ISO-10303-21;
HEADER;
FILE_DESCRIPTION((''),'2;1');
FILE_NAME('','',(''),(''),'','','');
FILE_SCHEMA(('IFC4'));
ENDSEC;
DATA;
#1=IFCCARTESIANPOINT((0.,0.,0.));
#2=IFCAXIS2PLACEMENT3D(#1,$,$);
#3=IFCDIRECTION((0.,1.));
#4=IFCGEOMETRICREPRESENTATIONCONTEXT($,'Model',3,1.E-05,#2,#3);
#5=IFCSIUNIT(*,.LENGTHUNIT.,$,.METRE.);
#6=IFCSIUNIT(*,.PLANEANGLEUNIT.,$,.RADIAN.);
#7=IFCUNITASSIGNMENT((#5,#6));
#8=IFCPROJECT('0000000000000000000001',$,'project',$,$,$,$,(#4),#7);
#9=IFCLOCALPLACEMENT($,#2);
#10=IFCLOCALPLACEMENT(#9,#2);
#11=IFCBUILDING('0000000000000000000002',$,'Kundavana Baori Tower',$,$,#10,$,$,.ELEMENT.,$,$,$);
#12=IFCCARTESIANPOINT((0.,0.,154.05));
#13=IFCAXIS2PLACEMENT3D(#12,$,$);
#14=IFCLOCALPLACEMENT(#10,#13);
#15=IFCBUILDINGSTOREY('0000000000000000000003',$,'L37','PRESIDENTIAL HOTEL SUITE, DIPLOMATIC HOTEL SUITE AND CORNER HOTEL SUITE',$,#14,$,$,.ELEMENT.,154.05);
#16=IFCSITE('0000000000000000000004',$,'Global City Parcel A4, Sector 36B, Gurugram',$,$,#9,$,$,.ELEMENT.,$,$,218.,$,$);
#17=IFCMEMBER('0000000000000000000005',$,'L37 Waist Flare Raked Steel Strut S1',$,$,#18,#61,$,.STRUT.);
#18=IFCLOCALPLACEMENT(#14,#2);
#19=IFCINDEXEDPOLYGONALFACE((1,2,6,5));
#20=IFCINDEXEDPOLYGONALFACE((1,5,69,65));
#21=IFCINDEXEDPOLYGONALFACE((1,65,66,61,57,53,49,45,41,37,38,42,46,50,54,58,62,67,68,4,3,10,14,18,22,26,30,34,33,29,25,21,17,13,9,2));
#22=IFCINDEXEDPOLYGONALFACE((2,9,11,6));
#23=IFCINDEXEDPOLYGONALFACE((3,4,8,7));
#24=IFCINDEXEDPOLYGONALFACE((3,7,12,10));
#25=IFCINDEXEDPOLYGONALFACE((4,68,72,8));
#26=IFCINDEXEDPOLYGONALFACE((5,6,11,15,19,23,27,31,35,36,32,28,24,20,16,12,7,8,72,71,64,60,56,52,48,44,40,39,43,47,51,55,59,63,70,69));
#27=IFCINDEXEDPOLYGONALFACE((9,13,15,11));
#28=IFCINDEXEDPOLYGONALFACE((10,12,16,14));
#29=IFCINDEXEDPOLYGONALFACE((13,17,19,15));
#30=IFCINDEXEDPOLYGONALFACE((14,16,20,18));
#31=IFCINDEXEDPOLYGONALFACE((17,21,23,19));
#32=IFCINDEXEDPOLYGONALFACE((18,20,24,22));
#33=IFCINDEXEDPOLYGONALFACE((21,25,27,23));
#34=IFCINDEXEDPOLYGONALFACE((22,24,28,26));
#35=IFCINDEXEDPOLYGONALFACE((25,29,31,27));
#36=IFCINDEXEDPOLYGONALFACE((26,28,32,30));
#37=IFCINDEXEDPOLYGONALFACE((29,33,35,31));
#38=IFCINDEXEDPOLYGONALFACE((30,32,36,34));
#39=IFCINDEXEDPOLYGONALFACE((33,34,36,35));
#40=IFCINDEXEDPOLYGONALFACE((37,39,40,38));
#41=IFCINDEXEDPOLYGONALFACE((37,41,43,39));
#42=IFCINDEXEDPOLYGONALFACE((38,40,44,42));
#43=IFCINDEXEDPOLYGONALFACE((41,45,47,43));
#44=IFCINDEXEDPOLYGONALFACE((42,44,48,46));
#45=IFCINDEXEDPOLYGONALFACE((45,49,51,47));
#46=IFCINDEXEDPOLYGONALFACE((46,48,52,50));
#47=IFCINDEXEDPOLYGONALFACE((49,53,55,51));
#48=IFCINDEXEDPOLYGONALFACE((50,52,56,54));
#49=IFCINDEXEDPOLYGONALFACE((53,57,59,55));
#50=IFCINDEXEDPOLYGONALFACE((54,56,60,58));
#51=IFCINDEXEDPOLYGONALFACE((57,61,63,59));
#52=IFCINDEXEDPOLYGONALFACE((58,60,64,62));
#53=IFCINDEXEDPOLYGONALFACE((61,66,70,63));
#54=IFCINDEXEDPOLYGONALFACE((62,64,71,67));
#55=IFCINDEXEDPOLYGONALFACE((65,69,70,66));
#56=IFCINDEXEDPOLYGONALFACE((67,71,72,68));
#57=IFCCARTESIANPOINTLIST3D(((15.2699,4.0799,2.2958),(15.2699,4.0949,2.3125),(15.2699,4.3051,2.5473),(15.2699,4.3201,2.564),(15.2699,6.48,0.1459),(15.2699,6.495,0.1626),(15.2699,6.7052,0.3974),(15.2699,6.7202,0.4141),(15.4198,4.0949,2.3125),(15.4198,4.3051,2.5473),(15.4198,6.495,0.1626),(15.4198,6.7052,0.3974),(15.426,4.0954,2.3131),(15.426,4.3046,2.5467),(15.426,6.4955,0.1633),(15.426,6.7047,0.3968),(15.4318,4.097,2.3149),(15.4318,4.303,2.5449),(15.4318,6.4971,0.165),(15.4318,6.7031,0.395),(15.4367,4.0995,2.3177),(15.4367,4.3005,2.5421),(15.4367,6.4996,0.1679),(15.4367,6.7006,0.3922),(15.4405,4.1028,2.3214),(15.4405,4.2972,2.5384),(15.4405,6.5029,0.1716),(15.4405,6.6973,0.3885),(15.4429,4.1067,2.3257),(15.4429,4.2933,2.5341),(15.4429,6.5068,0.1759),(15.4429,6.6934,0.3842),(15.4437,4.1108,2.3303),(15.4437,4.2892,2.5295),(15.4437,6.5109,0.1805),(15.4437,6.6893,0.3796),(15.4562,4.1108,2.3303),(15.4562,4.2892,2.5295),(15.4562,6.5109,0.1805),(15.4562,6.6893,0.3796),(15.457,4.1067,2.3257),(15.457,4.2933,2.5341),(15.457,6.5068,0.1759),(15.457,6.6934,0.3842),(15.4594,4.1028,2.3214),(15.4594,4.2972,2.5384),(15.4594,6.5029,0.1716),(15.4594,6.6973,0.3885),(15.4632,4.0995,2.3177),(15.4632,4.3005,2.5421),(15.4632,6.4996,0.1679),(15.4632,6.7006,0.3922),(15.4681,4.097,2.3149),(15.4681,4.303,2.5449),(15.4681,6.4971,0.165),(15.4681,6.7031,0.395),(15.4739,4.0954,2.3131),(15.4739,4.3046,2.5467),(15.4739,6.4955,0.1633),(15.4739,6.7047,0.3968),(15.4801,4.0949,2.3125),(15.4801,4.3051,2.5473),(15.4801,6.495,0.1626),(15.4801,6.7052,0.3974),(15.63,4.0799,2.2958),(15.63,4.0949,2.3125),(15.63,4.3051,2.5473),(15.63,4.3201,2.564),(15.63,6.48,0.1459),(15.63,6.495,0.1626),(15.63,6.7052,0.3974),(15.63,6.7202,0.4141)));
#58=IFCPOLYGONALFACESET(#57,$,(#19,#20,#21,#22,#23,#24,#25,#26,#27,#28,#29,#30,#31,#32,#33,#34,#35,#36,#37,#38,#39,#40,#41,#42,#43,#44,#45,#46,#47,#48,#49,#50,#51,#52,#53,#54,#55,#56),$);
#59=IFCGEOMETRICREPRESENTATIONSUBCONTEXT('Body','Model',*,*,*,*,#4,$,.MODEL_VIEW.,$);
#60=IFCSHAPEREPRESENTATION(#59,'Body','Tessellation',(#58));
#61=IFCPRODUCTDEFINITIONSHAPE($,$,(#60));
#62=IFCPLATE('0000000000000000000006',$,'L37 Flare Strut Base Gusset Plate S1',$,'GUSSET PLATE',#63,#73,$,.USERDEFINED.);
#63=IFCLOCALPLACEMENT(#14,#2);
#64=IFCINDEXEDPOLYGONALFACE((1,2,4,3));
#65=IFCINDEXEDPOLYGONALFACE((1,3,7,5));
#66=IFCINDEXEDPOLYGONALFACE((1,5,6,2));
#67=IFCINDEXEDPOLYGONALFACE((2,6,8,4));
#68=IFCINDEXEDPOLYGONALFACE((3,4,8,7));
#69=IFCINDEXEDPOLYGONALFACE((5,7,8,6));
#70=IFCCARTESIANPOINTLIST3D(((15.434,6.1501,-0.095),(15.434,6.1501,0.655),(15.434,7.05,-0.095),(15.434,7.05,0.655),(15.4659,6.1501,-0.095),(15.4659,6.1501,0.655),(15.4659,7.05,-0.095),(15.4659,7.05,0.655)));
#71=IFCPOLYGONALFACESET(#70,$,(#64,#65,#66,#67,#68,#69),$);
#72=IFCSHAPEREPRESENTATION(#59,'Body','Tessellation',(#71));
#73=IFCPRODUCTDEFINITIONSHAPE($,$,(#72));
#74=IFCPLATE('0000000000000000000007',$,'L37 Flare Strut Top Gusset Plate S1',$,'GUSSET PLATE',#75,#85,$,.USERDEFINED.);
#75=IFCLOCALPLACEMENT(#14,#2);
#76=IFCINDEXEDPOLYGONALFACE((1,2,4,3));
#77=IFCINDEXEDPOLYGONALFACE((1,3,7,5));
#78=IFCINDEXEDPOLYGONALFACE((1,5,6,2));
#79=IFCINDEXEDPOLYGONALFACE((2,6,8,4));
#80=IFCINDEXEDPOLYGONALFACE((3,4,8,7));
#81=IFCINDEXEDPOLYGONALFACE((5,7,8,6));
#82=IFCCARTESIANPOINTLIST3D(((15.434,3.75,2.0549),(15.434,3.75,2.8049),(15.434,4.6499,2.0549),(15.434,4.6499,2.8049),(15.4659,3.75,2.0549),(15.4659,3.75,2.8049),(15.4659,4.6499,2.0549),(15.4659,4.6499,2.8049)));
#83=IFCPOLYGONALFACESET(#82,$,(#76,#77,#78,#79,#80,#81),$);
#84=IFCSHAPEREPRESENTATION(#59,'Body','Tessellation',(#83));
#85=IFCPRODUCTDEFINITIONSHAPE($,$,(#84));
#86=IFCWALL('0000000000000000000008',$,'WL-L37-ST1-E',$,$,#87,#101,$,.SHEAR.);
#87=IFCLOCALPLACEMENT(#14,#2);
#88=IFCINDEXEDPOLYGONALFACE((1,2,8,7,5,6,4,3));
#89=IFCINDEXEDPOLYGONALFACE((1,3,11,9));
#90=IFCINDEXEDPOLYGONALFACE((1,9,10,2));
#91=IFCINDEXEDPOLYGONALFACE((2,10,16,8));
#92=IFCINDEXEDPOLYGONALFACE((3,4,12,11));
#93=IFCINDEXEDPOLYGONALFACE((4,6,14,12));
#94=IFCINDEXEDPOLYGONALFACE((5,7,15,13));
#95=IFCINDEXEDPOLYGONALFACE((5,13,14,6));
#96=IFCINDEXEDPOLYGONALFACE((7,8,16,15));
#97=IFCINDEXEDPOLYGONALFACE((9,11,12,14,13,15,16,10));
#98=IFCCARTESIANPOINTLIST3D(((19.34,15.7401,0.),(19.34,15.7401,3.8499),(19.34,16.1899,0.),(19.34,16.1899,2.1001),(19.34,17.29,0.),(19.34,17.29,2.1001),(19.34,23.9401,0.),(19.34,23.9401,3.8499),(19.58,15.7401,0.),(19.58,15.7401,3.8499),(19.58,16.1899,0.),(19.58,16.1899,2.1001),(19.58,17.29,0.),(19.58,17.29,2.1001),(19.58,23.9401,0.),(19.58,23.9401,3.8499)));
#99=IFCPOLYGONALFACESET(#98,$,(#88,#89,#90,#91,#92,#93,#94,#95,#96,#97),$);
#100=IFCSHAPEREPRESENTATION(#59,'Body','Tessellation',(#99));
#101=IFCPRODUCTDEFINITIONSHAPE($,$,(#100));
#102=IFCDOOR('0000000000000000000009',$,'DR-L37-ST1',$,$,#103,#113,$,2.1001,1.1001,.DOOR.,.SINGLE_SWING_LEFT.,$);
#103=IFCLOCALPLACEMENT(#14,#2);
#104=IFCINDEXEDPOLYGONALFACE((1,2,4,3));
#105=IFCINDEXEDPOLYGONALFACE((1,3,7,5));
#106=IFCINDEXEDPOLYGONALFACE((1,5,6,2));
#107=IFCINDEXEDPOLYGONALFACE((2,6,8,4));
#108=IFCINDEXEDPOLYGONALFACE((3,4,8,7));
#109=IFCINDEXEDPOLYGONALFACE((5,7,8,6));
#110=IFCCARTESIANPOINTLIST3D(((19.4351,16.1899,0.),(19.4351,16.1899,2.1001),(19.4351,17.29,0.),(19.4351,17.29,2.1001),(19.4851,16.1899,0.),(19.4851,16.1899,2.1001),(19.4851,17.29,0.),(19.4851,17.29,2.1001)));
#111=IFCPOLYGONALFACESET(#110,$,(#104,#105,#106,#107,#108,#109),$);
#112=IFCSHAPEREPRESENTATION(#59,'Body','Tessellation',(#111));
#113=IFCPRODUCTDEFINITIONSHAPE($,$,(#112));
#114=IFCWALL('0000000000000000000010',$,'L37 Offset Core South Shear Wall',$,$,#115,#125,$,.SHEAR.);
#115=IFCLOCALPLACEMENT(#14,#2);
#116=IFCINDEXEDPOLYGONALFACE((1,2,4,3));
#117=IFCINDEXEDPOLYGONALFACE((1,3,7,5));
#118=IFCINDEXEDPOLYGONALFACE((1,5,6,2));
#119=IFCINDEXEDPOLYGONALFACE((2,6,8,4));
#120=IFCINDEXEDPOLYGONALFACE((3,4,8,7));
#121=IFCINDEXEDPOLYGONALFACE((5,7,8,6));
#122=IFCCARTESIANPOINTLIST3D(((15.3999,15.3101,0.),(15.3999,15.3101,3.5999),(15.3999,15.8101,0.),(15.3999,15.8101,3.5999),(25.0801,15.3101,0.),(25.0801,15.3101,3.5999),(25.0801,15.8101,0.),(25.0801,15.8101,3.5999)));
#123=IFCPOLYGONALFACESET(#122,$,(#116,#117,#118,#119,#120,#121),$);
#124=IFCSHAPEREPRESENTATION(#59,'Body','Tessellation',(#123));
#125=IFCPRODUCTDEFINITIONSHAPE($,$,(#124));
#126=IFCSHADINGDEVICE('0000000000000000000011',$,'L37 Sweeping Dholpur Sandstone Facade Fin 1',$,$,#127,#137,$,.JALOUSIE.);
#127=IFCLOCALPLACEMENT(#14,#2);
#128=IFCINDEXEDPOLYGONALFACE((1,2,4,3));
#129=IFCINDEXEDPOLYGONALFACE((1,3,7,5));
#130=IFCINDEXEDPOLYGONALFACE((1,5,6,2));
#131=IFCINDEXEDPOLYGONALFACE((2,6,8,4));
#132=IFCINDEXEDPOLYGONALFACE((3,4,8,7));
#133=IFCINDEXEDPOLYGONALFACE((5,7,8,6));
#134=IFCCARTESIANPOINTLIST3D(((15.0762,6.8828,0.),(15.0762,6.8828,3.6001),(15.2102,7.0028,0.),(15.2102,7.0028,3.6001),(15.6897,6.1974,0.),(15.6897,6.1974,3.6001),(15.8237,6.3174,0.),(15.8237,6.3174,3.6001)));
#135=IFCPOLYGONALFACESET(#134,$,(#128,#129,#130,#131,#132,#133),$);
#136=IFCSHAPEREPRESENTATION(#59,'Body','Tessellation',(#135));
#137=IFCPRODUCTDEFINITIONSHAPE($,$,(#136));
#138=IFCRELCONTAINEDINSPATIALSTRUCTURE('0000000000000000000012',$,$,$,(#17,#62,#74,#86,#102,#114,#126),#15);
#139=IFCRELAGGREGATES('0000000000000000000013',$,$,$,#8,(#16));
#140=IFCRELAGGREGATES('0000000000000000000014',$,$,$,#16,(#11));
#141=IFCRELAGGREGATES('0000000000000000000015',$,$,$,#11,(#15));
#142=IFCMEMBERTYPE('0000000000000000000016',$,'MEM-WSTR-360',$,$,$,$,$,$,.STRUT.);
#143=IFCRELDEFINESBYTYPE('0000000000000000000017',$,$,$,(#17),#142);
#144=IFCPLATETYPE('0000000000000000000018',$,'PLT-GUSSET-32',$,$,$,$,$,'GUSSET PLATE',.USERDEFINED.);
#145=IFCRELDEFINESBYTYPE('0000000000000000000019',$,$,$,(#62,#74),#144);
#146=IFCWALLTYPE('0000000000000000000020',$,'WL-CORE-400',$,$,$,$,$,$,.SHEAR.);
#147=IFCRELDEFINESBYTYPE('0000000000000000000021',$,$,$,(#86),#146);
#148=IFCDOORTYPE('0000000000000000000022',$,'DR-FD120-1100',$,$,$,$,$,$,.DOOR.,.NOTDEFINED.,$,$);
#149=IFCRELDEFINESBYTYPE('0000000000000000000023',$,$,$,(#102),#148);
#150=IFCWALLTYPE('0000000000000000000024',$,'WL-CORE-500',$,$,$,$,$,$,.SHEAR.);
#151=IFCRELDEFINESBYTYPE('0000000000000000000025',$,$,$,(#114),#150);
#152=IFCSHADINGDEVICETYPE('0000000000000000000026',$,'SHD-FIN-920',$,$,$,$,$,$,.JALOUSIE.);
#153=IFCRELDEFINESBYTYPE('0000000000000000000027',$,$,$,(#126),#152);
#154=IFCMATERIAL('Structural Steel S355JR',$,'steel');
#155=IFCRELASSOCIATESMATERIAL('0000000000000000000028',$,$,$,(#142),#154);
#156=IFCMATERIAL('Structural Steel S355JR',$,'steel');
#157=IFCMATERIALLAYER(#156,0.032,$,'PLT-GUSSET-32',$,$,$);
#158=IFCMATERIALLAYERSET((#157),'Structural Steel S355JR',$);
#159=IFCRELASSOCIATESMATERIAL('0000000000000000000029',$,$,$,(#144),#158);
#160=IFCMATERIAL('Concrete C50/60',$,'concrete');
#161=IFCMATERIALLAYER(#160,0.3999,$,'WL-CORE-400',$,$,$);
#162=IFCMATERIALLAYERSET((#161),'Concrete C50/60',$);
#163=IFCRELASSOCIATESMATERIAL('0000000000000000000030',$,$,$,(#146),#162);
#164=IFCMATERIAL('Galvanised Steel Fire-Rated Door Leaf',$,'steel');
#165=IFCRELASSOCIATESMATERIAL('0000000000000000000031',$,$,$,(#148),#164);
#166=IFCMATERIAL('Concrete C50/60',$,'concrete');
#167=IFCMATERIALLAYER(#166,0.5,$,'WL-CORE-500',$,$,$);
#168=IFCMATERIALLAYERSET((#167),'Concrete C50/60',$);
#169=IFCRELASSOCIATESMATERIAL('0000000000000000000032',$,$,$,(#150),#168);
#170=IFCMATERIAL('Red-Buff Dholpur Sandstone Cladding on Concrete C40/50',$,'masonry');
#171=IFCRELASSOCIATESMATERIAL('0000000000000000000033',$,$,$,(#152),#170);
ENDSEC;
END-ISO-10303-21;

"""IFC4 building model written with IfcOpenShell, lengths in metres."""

from ifc_helpers import new_model, si_unit, direction, frame, frame_2d, origin, origin_2d, place, context, subcontext, project, spatial, rectangle, i_section, extrude, material, layer, layer_set, material_profile, profile_set, type_object, element, fill, save


model = new_model("IFC4")

# Units and contexts
model_context = context("Model", 3, precision=1e-05, world=origin(), true_north=direction((0.0, 1.0)))
body_context = subcontext(model_context, "Body", "Model", "MODEL_VIEW")
ifc_project = project(units=[si_unit("LENGTHUNIT", "METRE"), si_unit("PLANEANGLEUNIT", "RADIAN")], contexts=[model_context])

# Site, building, storey
site_placement = place(None, origin())
site = spatial("IfcSite", under=ifc_project, at=site_placement, Name="Global City Parcel A4, Sector 36B, Gurugram", CompositionType="ELEMENT", RefElevation=218.0)
building_placement = place(site_placement, origin())
building = spatial("IfcBuilding", under=site, at=building_placement, Name="Kundavana Baori Tower", CompositionType="ELEMENT")
storey_placement = place(building_placement, frame((0.0, 0.0, 154.05)))
storey = spatial("IfcBuildingStorey", under=building, at=storey_placement, Name="L37", Description="PRESIDENTIAL HOTEL SUITE, DIPLOMATIC HOTEL SUITE AND CORNER HOTEL SUITE", CompositionType="ELEMENT", Elevation=154.05)

# Member
ifc_material_1 = material(Name="Structural Steel S355JR", Category="steel")
ifc_material_profile_1 = material_profile(ifc_material_1, i_section(OverallWidth=0.3601, OverallDepth=0.3601, WebThickness=0.0125, FlangeThickness=0.0225, FilletRadius=0.0239, at=origin_2d()), Name="WPB 360x360x142")
ifc_profile_set_1 = profile_set([ifc_material_profile_1], Name="Structural Steel S355JR")
member_type = type_object("IfcMemberType", Name="MEM-WSTR-360", PredefinedType="STRUT", material=ifc_profile_set_1)
member_placement = place(storey_placement, frame((15.45, 6.6001, 0.28), z_axis=(0.0, -0.744871, 0.667209), x_axis=(1.0, 0.0, 0.0)))
element("IfcMember", 1, at=member_placement, inside=storey, type_object=member_type, Name="L37 Waist Flare Raked Steel Strut S1", PredefinedType="STRUT", context=body_context, shape_type="SweptSolid", body=[
    extrude(i_section(OverallWidth=0.3601, OverallDepth=0.3601, WebThickness=0.0125, FlangeThickness=0.0225, FilletRadius=0.0239, at=origin_2d()), origin(), (0.0, 0.0, 1.0), 3.2222),
])

# Plates
ifc_material_2 = material(Name="Structural Steel S355JR", Category="steel")
ifc_layer_1 = layer(ifc_material_2, 0.032, Name="PLT-GUSSET-32")
ifc_layer_set_1 = layer_set([ifc_layer_1], Name="Structural Steel S355JR")
plate_type = type_object("IfcPlateType", Name="PLT-GUSSET-32", ElementType="GUSSET PLATE", PredefinedType="USERDEFINED", material=ifc_layer_set_1)
for number, where, z_axis, x_axis, name in (
    (2, (15.45, 6.6001, -0.095), (0.0, 0.0, 1.0), (1.0, 0.0, 0.0), "L37 Flare Strut Base Gusset Plate S1"),
    (3, (15.45, 4.2, 2.0549), (0.0, 0.0, 1.0), (1.0, 0.0, 0.0), "L37 Flare Strut Top Gusset Plate S1"),
):
    element("IfcPlate", number, at=place(storey_placement, frame(where, z_axis=z_axis, x_axis=x_axis)), inside=storey, type_object=plate_type, Name=name, ObjectType="GUSSET PLATE", PredefinedType="USERDEFINED", context=body_context, shape_type="SweptSolid", body=[
        extrude(rectangle(XDim=0.032, YDim=0.8999, at=origin_2d()), origin(), (0.0, 0.0, 1.0), 0.75),
    ])

# Wall, opening, door
ifc_material_3 = material(Name="Concrete C50/60", Category="concrete")
ifc_layer_2 = layer(ifc_material_3, 0.3999, Name="WL-CORE-400")
ifc_layer_set_2 = layer_set([ifc_layer_2], Name="Concrete C50/60")
wall_type_1 = type_object("IfcWallType", Name="WL-CORE-400", PredefinedType="SHEAR", material=ifc_layer_set_2)
wall_1_placement = place(storey_placement, frame((19.46, 15.74, 0.0), z_axis=(0.0, 0.0, 1.0), x_axis=(0.0, 1.0, 0.0)))
wall_1 = element("IfcWall", 4, at=wall_1_placement, inside=storey, type_object=wall_type_1, Name="WL-L37-ST1-E", PredefinedType="SHEAR", context=body_context, shape_type="SweptSolid", body=[
    extrude(rectangle(XDim=8.2, YDim=0.24, at=frame_2d((4.1001, 0.0))), origin(), (0.0, 0.0, 1.0), 3.8499),
])
opening_placement = place(wall_1_placement, frame((0.45, 0.0, 0.0)))
opening = element("IfcOpeningElement", 5, at=opening_placement, cuts=wall_1, PredefinedType="OPENING", context=body_context, shape_type="SweptSolid", body=[
    extrude(rectangle(XDim=1.1001, YDim=2.1001, at=frame_2d((0.55, 1.05))), frame((0.0, 0.1299, 0.0), z_axis=(0.0, -1.0, 0.0), x_axis=(1.0, 0.0, 0.0)), (0.0, 0.0, 1.0), 0.26),
])
ifc_material_4 = material(Name="Galvanised Steel Fire-Rated Door Leaf", Category="steel")
door_type = type_object("IfcDoorType", Name="DR-FD120-1100", OperationType="NOTDEFINED", PredefinedType="DOOR", material=ifc_material_4)
door_placement = place(opening_placement, origin())
door = element("IfcDoor", 6, at=door_placement, inside=storey, type_object=door_type, Name="DR-L37-ST1", OperationType="SINGLE_SWING_LEFT", OverallHeight=2.1001, OverallWidth=1.1001, PredefinedType="DOOR", context=body_context, shape_type="SweptSolid", body=[
    extrude(rectangle(XDim=1.1001, YDim=2.1001, at=frame_2d((0.55, 1.05))), frame((0.0, 0.0249, 0.0), z_axis=(0.0, -1.0, 0.0), x_axis=(1.0, 0.0, 0.0)), (0.0, 0.0, 1.0), 0.05),
])
fill(opening, door)

# Wall
ifc_material_5 = material(Name="Concrete C50/60", Category="concrete")
ifc_layer_3 = layer(ifc_material_5, 0.5, Name="WL-CORE-500")
ifc_layer_set_3 = layer_set([ifc_layer_3], Name="Concrete C50/60")
wall_type_2 = type_object("IfcWallType", Name="WL-CORE-500", PredefinedType="SHEAR", material=ifc_layer_set_3)
wall_2_placement = place(storey_placement, frame((15.3999, 15.5601, 0.0), z_axis=(0.0, 0.0, 1.0), x_axis=(1.0, 0.0, 0.0)))
element("IfcWall", 7, at=wall_2_placement, inside=storey, type_object=wall_type_2, Name="L37 Offset Core South Shear Wall", PredefinedType="SHEAR", context=body_context, shape_type="SweptSolid", body=[
    extrude(rectangle(XDim=9.6802, YDim=0.5, at=frame_2d((4.8401, 0.0))), origin(), (0.0, 0.0, 1.0), 3.5999),
])

# Shading device
ifc_material_6 = material(Name="Red-Buff Dholpur Sandstone Cladding on Concrete C40/50", Category="masonry")
shading_device_type = type_object("IfcShadingDeviceType", Name="SHD-FIN-920", PredefinedType="JALOUSIE", material=ifc_material_6)
shading_device_placement = place(storey_placement, frame((15.45, 6.6001, 0.0), z_axis=(0.0, 0.0, 1.0), x_axis=(0.745127, 0.666923, 0.0)))
element("IfcShadingDevice", 8, at=shading_device_placement, inside=storey, type_object=shading_device_type, Name="L37 Sweeping Dholpur Sandstone Facade Fin 1", PredefinedType="JALOUSIE", context=body_context, shape_type="SweptSolid", body=[
    extrude(rectangle(XDim=0.1799, YDim=0.9199, at=origin_2d()), origin(), (0.0, 0.0, 1.0), 3.6001),
])

save(model, "model.ifc")
